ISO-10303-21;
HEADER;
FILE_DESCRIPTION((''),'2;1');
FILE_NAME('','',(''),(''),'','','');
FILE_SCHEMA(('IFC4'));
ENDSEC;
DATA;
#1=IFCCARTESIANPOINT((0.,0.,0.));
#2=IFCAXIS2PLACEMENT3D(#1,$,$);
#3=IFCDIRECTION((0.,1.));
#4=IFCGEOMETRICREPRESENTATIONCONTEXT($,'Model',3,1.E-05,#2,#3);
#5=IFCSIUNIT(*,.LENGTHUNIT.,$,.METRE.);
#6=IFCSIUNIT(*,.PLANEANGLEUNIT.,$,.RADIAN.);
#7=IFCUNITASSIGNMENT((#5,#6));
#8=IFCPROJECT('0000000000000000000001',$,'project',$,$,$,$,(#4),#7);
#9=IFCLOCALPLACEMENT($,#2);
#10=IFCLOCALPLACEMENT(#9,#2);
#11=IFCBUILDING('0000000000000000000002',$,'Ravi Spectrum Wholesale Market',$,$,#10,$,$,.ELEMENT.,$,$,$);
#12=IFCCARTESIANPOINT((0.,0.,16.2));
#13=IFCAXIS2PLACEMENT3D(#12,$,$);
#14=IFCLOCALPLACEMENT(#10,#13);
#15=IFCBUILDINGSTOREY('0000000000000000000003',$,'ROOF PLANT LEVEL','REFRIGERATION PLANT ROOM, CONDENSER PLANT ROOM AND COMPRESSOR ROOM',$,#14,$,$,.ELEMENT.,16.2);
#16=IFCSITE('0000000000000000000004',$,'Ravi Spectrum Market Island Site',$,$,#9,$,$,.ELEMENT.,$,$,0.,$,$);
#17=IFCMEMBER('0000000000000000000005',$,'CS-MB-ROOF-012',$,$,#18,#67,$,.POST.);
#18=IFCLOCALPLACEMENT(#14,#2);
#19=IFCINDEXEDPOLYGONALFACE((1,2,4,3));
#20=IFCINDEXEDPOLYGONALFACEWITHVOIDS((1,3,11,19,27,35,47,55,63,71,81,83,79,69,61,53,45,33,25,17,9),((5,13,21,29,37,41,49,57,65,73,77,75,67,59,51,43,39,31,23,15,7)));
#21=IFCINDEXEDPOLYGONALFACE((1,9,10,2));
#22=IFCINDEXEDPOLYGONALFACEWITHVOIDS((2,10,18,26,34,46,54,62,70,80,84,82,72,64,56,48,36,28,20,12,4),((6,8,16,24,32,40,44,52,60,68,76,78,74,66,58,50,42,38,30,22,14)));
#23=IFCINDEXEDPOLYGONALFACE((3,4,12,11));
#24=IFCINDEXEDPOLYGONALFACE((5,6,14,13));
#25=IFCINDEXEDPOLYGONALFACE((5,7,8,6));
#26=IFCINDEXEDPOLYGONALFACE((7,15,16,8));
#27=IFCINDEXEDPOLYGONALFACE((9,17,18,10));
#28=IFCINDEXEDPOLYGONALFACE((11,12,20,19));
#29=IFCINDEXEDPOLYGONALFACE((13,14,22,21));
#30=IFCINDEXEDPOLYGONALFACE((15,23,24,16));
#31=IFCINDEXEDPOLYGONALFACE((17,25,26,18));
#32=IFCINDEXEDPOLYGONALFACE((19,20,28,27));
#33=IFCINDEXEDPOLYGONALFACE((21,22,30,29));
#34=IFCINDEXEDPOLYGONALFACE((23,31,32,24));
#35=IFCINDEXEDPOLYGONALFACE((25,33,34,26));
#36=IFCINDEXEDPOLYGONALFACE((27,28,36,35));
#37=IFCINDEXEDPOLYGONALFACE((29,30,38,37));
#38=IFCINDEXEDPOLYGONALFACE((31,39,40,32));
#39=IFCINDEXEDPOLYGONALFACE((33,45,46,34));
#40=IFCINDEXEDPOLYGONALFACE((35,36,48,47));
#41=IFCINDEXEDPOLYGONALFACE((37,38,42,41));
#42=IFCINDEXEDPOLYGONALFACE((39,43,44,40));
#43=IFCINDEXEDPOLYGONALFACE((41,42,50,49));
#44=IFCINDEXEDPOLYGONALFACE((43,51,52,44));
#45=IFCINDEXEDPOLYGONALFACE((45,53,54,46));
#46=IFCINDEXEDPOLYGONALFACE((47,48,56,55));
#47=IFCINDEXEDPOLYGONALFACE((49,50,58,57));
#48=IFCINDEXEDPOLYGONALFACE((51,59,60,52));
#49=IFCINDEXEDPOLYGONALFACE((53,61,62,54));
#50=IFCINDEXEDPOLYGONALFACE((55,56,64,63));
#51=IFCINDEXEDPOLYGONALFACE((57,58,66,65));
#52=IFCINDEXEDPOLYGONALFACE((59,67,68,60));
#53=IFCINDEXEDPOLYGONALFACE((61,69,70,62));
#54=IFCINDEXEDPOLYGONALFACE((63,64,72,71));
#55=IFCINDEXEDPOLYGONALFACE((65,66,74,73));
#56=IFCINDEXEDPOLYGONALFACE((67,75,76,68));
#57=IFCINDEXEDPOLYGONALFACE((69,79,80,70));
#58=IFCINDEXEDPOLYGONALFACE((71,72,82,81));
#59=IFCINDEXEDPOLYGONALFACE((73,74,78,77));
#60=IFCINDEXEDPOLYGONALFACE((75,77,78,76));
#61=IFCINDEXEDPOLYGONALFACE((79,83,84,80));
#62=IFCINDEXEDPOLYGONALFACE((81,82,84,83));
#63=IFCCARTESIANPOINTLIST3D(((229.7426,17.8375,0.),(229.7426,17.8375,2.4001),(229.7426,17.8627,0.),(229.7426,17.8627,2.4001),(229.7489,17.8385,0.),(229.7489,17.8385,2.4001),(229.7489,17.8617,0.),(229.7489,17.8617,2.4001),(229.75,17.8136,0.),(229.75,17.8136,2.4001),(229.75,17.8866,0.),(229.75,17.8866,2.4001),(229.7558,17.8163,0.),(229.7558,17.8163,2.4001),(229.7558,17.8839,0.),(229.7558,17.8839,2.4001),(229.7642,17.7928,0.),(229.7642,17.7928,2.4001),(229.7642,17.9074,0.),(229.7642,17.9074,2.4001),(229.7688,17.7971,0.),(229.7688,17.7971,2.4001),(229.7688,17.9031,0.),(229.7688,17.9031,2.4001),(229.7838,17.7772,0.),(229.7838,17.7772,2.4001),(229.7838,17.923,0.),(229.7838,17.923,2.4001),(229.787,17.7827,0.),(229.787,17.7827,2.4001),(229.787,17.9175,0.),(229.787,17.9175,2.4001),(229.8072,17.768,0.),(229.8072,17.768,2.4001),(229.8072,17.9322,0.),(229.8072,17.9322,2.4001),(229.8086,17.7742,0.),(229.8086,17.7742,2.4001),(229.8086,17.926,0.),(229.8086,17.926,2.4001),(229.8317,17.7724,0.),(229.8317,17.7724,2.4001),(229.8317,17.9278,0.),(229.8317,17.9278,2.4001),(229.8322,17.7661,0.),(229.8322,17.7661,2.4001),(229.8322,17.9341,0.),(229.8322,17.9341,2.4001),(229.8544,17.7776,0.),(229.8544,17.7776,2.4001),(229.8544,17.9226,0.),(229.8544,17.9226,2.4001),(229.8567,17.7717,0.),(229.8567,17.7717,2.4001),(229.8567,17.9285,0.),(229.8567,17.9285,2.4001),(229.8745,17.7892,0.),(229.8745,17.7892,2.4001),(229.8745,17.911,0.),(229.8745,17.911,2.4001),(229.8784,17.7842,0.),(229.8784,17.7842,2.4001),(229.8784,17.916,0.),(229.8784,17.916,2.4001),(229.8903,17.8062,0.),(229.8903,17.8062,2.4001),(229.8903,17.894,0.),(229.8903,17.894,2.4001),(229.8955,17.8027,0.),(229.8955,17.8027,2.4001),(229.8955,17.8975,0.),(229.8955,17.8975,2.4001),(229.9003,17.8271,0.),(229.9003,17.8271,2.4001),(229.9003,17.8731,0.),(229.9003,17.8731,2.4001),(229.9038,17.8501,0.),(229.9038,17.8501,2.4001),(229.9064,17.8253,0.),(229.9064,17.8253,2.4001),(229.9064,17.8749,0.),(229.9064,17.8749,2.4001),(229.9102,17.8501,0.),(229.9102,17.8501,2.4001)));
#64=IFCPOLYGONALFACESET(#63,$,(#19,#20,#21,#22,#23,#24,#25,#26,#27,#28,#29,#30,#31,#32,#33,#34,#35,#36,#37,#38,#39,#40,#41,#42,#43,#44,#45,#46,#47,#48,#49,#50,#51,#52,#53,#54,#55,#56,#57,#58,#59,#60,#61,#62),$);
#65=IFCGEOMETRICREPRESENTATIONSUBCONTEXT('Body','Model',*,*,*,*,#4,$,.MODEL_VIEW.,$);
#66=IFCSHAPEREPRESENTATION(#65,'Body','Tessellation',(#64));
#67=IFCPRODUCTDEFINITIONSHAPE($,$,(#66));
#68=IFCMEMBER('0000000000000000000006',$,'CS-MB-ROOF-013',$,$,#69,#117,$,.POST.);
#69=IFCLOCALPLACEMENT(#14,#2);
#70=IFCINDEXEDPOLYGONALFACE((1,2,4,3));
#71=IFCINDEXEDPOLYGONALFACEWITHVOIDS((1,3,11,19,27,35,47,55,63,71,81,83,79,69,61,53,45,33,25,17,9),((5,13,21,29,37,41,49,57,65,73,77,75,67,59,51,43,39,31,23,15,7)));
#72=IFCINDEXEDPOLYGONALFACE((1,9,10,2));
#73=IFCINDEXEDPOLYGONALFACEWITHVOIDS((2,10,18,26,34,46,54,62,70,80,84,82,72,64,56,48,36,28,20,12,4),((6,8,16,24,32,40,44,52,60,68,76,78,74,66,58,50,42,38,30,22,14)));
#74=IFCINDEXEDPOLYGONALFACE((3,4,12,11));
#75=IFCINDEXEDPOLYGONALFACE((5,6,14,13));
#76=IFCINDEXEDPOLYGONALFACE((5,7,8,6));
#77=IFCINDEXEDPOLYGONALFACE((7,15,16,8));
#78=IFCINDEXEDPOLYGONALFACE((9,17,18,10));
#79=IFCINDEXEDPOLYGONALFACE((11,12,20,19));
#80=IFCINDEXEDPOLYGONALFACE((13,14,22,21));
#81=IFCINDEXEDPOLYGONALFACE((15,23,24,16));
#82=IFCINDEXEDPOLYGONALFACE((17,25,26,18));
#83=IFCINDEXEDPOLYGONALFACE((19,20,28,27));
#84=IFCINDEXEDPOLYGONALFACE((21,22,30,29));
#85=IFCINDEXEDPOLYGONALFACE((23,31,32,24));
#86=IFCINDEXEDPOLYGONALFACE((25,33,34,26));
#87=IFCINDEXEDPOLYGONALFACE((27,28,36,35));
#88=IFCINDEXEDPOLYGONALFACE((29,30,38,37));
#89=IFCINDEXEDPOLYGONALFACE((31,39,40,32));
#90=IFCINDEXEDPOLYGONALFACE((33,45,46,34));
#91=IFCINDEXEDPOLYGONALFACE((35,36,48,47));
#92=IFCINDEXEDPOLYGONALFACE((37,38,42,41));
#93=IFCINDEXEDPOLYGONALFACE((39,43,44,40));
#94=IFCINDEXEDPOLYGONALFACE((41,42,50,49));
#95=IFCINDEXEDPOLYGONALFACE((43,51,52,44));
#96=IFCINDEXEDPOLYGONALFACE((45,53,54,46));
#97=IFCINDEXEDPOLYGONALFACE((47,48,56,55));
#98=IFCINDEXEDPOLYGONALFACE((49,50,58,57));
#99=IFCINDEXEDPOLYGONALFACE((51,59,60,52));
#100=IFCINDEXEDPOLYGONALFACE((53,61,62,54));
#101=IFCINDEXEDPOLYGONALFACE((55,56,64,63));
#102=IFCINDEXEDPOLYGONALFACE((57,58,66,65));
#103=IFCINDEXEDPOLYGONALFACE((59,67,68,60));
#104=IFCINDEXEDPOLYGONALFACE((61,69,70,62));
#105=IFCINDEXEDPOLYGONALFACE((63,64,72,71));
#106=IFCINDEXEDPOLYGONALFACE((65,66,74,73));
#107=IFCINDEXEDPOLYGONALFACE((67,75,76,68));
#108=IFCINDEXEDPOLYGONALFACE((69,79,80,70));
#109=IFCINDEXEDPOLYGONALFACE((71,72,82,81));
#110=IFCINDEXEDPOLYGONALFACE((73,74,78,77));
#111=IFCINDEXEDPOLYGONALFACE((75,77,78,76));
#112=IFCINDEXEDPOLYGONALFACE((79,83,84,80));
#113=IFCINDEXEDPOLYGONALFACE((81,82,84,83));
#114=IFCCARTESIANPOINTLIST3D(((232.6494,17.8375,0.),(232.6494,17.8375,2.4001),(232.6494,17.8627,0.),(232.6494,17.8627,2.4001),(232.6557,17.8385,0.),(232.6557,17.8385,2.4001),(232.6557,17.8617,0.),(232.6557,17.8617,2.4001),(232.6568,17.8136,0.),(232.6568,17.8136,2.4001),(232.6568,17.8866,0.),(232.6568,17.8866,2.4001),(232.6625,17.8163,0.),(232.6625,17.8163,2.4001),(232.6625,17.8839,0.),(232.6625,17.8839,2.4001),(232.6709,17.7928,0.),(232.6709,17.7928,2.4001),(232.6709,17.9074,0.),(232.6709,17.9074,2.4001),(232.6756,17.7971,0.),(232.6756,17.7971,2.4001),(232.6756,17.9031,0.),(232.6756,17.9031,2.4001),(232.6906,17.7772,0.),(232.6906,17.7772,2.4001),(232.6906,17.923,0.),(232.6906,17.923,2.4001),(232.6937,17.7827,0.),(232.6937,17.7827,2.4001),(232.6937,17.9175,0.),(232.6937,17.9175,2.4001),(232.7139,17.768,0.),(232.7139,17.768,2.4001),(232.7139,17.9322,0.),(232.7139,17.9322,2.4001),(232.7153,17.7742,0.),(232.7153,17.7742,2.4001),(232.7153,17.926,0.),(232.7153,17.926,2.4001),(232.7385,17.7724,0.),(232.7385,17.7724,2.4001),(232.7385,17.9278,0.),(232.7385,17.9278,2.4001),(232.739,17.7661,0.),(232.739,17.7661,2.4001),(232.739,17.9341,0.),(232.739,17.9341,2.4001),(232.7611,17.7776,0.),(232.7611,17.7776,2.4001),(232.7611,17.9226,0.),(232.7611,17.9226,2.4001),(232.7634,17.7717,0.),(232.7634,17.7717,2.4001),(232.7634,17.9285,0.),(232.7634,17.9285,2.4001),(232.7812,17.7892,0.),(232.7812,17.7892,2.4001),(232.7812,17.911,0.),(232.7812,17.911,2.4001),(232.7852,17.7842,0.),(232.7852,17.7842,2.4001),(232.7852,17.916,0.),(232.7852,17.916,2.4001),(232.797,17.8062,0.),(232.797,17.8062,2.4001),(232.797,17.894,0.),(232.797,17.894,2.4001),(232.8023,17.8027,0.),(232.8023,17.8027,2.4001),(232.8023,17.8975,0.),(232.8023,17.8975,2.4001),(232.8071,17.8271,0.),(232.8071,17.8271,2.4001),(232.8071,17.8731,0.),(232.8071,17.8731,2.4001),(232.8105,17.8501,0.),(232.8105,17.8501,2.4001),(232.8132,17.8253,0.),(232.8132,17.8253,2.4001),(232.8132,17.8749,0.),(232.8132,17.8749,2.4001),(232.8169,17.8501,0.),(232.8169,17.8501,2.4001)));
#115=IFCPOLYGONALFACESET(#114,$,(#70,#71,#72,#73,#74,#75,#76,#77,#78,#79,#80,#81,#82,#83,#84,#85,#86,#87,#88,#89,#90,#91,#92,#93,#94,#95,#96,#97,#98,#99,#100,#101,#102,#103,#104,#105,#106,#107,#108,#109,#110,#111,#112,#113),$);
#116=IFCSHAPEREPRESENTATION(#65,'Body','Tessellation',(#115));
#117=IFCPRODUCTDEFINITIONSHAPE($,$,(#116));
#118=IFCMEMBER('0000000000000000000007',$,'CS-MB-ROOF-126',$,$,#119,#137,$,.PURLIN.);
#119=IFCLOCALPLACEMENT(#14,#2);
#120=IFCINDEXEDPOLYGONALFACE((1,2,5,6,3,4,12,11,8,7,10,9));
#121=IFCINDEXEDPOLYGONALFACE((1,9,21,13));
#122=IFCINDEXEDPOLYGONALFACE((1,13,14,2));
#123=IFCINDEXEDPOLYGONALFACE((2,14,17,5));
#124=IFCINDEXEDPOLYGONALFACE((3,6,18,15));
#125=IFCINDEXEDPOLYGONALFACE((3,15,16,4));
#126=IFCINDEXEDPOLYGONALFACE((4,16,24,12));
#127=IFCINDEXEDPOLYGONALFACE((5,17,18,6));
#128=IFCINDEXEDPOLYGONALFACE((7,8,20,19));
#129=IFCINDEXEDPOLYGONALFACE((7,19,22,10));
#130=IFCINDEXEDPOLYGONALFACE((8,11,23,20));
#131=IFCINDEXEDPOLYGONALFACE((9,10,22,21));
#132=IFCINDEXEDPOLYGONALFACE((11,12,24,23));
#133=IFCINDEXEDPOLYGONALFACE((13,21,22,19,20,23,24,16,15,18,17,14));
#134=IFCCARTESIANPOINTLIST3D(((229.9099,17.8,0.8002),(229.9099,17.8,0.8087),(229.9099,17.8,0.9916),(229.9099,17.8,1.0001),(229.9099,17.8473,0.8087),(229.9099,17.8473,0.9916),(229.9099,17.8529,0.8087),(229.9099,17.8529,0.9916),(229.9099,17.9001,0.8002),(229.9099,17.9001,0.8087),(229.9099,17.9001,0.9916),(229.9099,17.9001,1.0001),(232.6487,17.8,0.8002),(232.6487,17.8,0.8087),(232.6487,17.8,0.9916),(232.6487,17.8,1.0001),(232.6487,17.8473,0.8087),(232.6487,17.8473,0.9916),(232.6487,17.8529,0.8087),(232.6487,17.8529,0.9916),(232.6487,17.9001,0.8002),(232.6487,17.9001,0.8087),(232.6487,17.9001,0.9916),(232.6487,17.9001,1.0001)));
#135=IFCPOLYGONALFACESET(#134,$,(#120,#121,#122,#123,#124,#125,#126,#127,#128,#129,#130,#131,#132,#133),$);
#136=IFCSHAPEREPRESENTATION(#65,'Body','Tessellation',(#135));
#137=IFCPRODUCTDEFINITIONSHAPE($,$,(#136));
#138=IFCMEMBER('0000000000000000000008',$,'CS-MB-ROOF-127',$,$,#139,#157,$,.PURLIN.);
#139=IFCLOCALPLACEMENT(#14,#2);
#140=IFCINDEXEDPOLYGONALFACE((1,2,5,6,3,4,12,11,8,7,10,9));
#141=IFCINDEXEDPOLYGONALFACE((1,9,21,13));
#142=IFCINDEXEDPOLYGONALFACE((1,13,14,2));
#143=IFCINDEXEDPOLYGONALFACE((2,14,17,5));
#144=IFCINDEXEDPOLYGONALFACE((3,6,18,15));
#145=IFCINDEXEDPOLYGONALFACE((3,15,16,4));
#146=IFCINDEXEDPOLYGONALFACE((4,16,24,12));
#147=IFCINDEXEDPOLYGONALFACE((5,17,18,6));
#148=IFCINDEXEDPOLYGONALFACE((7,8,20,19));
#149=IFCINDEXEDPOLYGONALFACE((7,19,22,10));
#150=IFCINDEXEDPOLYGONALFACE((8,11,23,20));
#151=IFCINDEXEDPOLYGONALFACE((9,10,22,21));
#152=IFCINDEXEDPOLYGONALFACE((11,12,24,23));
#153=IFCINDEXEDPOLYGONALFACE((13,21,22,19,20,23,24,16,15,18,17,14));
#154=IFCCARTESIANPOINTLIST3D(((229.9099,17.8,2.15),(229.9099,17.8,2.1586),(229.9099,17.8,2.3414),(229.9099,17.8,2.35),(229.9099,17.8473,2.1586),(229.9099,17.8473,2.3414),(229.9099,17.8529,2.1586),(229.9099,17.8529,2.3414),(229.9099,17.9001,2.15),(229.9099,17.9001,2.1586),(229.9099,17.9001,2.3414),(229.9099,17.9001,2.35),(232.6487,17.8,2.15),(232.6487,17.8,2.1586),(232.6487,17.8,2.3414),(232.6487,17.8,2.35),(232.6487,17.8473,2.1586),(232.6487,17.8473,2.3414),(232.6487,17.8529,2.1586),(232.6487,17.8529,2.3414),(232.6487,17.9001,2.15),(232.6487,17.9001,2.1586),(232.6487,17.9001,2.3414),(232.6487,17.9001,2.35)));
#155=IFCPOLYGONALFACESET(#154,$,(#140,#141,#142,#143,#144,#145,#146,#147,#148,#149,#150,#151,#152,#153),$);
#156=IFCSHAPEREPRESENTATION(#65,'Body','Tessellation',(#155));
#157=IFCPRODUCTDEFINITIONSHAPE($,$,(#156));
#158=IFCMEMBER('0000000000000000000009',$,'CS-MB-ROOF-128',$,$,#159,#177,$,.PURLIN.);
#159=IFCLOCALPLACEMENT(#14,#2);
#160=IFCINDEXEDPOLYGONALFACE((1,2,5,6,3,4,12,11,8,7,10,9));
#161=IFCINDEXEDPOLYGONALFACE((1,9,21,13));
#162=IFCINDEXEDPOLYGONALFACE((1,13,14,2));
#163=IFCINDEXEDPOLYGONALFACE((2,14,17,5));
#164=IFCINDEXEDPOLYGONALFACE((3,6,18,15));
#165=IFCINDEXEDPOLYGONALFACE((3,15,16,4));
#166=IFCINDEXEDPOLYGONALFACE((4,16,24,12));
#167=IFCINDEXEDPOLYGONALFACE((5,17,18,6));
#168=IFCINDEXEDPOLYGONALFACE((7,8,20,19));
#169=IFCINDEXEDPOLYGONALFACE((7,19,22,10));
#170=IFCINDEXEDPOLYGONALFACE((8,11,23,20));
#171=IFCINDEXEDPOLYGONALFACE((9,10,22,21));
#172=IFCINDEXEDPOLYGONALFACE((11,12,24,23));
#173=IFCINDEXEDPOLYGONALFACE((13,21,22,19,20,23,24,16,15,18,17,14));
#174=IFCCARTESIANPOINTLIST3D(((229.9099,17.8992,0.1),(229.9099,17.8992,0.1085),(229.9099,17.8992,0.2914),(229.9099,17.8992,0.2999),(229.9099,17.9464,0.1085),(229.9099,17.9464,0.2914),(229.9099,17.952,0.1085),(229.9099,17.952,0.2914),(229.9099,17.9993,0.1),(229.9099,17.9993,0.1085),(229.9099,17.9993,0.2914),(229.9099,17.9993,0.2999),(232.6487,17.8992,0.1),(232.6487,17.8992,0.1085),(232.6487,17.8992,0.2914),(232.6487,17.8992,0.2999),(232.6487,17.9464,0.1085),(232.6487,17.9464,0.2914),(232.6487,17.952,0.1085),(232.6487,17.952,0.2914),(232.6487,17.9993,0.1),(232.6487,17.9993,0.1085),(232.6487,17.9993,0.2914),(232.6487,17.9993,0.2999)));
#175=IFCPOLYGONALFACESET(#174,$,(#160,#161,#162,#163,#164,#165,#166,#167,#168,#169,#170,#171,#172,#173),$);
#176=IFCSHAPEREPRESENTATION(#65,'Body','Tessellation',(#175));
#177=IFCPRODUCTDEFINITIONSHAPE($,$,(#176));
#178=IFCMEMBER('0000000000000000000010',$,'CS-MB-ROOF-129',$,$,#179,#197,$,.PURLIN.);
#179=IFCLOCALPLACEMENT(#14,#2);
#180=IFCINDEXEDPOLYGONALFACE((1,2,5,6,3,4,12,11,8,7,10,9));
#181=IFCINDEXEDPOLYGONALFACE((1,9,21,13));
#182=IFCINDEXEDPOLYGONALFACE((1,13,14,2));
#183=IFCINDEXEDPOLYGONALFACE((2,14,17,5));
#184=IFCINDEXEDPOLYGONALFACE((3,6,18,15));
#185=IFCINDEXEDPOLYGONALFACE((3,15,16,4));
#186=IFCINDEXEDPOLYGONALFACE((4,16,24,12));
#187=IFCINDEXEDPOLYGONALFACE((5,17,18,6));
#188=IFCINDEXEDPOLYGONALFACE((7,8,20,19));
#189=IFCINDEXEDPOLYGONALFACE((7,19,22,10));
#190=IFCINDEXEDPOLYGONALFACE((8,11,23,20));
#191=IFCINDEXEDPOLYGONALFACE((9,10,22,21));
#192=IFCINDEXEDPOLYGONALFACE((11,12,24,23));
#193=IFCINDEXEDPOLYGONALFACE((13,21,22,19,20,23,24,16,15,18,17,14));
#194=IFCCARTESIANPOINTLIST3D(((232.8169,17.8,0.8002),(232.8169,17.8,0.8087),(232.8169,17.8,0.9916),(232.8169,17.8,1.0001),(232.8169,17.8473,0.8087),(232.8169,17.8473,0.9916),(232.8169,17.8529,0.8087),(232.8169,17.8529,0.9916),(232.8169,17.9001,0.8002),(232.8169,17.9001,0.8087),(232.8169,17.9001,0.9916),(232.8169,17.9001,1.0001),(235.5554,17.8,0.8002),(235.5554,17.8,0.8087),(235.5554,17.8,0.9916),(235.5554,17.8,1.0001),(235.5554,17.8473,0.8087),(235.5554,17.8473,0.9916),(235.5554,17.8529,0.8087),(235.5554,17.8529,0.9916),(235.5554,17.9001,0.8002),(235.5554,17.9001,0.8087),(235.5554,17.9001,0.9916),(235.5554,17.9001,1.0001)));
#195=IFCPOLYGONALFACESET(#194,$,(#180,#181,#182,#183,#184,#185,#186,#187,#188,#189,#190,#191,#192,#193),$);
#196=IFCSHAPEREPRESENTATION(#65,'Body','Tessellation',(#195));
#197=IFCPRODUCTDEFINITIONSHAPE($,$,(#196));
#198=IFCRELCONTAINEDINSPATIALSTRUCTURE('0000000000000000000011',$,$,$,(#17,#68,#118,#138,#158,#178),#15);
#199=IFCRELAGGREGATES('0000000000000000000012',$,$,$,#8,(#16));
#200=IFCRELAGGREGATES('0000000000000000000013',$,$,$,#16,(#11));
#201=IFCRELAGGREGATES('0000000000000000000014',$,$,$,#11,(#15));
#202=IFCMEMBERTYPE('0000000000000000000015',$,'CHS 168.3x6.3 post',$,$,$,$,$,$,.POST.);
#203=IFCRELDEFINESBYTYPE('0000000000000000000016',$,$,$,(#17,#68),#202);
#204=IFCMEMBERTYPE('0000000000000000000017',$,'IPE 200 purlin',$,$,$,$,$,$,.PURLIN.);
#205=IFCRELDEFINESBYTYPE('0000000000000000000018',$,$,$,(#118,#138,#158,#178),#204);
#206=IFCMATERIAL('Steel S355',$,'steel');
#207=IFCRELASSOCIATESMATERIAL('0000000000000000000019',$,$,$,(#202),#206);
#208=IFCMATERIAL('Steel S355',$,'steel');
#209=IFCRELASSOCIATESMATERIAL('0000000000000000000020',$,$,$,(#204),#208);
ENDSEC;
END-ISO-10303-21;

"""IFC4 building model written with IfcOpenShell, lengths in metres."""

from ifc_helpers import new_model, si_unit, direction, frame, origin, origin_2d, place, context, subcontext, project, spatial, hollow_circle, i_section, extrude, material, material_profile, profile_set, type_object, element, save


model = new_model("IFC4")

# Units and contexts
model_context = context("Model", 3, precision=1e-05, world=origin(), true_north=direction((0.0, 1.0)))
body_context = subcontext(model_context, "Body", "Model", "MODEL_VIEW")
ifc_project = project(units=[si_unit("LENGTHUNIT", "METRE"), si_unit("PLANEANGLEUNIT", "RADIAN")], contexts=[model_context])

# Site, building, storey
site_placement = place(None, origin())
site = spatial("IfcSite", under=ifc_project, at=site_placement, Name="Ravi Spectrum Market Island Site", CompositionType="ELEMENT", RefElevation=0.0)
building_placement = place(site_placement, origin())
building = spatial("IfcBuilding", under=site, at=building_placement, Name="Ravi Spectrum Wholesale Market", CompositionType="ELEMENT")
storey_placement = place(building_placement, frame((0.0, 0.0, 16.2)))
storey = spatial("IfcBuildingStorey", under=building, at=storey_placement, Name="ROOF PLANT LEVEL", Description="REFRIGERATION PLANT ROOM, CONDENSER PLANT ROOM AND COMPRESSOR ROOM", CompositionType="ELEMENT", Elevation=16.2)

# Members
ifc_material_1 = material(Name="Steel S355", Category="steel")
ifc_material_profile_1 = material_profile(ifc_material_1, hollow_circle(Radius=0.0842, WallThickness=0.0063, at=origin_2d()))
ifc_profile_set_1 = profile_set([ifc_material_profile_1], Name="Steel S355")
member_type_1 = type_object("IfcMemberType", Name="CHS 168.3x6.3 post", PredefinedType="POST", material=ifc_profile_set_1)
for number, where, z_axis, x_axis, name in (
    (1, (229.8259, 17.8501, 0.0), (0.0, 0.0, 1.0), (1.0, 0.0, 0.0), "CS-MB-ROOF-012"),
    (2, (232.7327, 17.8501, 0.0), (0.0, 0.0, 1.0), (1.0, 0.0, 0.0), "CS-MB-ROOF-013"),
):
    element("IfcMember", number, at=place(storey_placement, frame(where, z_axis=z_axis, x_axis=x_axis)), inside=storey, type_object=member_type_1, Name=name, PredefinedType="POST", context=body_context, shape_type="SweptSolid", body=[
        extrude(hollow_circle(Radius=0.0842, WallThickness=0.0063, at=origin_2d()), origin(), (0.0, 0.0, 1.0), 2.4001),
    ])
ifc_material_2 = material(Name="Steel S355", Category="steel")
ifc_material_profile_2 = material_profile(ifc_material_2, i_section(OverallWidth=0.1001, OverallDepth=0.2, WebThickness=0.0056, FlangeThickness=0.0085, at=origin_2d()))
ifc_profile_set_2 = profile_set([ifc_material_profile_2], Name="Steel S355")
member_type_2 = type_object("IfcMemberType", Name="IPE 200 purlin", PredefinedType="PURLIN", material=ifc_profile_set_2)
for number, where, z_axis, x_axis, name in (
    (3, (229.9099, 17.8501, 0.9001), (1.0, 0.0, 0.0), (0.0, 1.0, 0.0), "CS-MB-ROOF-126"),
    (4, (229.9099, 17.8501, 2.25), (1.0, 0.0, 0.0), (0.0, 1.0, 0.0), "CS-MB-ROOF-127"),
    (5, (229.9099, 17.9492, 0.2), (1.0, 0.0, 0.0), (0.0, 1.0, 0.0), "CS-MB-ROOF-128"),
):
    element("IfcMember", number, at=place(storey_placement, frame(where, z_axis=z_axis, x_axis=x_axis)), inside=storey, type_object=member_type_2, Name=name, PredefinedType="PURLIN", context=body_context, shape_type="SweptSolid", body=[
        extrude(i_section(OverallWidth=0.1001, OverallDepth=0.2, WebThickness=0.0056, FlangeThickness=0.0085, at=origin_2d()), origin(), (0.0, 0.0, 1.0), 2.7388),
    ])
for number, where, z_axis, x_axis, name in (
    (6, (232.8169, 17.8501, 0.9001), (1.0, 0.0, 0.0), (0.0, 1.0, 0.0), "CS-MB-ROOF-129"),
):
    element("IfcMember", number, at=place(storey_placement, frame(where, z_axis=z_axis, x_axis=x_axis)), inside=storey, type_object=member_type_2, Name=name, PredefinedType="PURLIN", context=body_context, shape_type="SweptSolid", body=[
        extrude(i_section(OverallWidth=0.1001, OverallDepth=0.2, WebThickness=0.0056, FlangeThickness=0.0085, at=origin_2d()), origin(), (0.0, 0.0, 1.0), 2.7385),
    ])

save(model, "model.ifc")
